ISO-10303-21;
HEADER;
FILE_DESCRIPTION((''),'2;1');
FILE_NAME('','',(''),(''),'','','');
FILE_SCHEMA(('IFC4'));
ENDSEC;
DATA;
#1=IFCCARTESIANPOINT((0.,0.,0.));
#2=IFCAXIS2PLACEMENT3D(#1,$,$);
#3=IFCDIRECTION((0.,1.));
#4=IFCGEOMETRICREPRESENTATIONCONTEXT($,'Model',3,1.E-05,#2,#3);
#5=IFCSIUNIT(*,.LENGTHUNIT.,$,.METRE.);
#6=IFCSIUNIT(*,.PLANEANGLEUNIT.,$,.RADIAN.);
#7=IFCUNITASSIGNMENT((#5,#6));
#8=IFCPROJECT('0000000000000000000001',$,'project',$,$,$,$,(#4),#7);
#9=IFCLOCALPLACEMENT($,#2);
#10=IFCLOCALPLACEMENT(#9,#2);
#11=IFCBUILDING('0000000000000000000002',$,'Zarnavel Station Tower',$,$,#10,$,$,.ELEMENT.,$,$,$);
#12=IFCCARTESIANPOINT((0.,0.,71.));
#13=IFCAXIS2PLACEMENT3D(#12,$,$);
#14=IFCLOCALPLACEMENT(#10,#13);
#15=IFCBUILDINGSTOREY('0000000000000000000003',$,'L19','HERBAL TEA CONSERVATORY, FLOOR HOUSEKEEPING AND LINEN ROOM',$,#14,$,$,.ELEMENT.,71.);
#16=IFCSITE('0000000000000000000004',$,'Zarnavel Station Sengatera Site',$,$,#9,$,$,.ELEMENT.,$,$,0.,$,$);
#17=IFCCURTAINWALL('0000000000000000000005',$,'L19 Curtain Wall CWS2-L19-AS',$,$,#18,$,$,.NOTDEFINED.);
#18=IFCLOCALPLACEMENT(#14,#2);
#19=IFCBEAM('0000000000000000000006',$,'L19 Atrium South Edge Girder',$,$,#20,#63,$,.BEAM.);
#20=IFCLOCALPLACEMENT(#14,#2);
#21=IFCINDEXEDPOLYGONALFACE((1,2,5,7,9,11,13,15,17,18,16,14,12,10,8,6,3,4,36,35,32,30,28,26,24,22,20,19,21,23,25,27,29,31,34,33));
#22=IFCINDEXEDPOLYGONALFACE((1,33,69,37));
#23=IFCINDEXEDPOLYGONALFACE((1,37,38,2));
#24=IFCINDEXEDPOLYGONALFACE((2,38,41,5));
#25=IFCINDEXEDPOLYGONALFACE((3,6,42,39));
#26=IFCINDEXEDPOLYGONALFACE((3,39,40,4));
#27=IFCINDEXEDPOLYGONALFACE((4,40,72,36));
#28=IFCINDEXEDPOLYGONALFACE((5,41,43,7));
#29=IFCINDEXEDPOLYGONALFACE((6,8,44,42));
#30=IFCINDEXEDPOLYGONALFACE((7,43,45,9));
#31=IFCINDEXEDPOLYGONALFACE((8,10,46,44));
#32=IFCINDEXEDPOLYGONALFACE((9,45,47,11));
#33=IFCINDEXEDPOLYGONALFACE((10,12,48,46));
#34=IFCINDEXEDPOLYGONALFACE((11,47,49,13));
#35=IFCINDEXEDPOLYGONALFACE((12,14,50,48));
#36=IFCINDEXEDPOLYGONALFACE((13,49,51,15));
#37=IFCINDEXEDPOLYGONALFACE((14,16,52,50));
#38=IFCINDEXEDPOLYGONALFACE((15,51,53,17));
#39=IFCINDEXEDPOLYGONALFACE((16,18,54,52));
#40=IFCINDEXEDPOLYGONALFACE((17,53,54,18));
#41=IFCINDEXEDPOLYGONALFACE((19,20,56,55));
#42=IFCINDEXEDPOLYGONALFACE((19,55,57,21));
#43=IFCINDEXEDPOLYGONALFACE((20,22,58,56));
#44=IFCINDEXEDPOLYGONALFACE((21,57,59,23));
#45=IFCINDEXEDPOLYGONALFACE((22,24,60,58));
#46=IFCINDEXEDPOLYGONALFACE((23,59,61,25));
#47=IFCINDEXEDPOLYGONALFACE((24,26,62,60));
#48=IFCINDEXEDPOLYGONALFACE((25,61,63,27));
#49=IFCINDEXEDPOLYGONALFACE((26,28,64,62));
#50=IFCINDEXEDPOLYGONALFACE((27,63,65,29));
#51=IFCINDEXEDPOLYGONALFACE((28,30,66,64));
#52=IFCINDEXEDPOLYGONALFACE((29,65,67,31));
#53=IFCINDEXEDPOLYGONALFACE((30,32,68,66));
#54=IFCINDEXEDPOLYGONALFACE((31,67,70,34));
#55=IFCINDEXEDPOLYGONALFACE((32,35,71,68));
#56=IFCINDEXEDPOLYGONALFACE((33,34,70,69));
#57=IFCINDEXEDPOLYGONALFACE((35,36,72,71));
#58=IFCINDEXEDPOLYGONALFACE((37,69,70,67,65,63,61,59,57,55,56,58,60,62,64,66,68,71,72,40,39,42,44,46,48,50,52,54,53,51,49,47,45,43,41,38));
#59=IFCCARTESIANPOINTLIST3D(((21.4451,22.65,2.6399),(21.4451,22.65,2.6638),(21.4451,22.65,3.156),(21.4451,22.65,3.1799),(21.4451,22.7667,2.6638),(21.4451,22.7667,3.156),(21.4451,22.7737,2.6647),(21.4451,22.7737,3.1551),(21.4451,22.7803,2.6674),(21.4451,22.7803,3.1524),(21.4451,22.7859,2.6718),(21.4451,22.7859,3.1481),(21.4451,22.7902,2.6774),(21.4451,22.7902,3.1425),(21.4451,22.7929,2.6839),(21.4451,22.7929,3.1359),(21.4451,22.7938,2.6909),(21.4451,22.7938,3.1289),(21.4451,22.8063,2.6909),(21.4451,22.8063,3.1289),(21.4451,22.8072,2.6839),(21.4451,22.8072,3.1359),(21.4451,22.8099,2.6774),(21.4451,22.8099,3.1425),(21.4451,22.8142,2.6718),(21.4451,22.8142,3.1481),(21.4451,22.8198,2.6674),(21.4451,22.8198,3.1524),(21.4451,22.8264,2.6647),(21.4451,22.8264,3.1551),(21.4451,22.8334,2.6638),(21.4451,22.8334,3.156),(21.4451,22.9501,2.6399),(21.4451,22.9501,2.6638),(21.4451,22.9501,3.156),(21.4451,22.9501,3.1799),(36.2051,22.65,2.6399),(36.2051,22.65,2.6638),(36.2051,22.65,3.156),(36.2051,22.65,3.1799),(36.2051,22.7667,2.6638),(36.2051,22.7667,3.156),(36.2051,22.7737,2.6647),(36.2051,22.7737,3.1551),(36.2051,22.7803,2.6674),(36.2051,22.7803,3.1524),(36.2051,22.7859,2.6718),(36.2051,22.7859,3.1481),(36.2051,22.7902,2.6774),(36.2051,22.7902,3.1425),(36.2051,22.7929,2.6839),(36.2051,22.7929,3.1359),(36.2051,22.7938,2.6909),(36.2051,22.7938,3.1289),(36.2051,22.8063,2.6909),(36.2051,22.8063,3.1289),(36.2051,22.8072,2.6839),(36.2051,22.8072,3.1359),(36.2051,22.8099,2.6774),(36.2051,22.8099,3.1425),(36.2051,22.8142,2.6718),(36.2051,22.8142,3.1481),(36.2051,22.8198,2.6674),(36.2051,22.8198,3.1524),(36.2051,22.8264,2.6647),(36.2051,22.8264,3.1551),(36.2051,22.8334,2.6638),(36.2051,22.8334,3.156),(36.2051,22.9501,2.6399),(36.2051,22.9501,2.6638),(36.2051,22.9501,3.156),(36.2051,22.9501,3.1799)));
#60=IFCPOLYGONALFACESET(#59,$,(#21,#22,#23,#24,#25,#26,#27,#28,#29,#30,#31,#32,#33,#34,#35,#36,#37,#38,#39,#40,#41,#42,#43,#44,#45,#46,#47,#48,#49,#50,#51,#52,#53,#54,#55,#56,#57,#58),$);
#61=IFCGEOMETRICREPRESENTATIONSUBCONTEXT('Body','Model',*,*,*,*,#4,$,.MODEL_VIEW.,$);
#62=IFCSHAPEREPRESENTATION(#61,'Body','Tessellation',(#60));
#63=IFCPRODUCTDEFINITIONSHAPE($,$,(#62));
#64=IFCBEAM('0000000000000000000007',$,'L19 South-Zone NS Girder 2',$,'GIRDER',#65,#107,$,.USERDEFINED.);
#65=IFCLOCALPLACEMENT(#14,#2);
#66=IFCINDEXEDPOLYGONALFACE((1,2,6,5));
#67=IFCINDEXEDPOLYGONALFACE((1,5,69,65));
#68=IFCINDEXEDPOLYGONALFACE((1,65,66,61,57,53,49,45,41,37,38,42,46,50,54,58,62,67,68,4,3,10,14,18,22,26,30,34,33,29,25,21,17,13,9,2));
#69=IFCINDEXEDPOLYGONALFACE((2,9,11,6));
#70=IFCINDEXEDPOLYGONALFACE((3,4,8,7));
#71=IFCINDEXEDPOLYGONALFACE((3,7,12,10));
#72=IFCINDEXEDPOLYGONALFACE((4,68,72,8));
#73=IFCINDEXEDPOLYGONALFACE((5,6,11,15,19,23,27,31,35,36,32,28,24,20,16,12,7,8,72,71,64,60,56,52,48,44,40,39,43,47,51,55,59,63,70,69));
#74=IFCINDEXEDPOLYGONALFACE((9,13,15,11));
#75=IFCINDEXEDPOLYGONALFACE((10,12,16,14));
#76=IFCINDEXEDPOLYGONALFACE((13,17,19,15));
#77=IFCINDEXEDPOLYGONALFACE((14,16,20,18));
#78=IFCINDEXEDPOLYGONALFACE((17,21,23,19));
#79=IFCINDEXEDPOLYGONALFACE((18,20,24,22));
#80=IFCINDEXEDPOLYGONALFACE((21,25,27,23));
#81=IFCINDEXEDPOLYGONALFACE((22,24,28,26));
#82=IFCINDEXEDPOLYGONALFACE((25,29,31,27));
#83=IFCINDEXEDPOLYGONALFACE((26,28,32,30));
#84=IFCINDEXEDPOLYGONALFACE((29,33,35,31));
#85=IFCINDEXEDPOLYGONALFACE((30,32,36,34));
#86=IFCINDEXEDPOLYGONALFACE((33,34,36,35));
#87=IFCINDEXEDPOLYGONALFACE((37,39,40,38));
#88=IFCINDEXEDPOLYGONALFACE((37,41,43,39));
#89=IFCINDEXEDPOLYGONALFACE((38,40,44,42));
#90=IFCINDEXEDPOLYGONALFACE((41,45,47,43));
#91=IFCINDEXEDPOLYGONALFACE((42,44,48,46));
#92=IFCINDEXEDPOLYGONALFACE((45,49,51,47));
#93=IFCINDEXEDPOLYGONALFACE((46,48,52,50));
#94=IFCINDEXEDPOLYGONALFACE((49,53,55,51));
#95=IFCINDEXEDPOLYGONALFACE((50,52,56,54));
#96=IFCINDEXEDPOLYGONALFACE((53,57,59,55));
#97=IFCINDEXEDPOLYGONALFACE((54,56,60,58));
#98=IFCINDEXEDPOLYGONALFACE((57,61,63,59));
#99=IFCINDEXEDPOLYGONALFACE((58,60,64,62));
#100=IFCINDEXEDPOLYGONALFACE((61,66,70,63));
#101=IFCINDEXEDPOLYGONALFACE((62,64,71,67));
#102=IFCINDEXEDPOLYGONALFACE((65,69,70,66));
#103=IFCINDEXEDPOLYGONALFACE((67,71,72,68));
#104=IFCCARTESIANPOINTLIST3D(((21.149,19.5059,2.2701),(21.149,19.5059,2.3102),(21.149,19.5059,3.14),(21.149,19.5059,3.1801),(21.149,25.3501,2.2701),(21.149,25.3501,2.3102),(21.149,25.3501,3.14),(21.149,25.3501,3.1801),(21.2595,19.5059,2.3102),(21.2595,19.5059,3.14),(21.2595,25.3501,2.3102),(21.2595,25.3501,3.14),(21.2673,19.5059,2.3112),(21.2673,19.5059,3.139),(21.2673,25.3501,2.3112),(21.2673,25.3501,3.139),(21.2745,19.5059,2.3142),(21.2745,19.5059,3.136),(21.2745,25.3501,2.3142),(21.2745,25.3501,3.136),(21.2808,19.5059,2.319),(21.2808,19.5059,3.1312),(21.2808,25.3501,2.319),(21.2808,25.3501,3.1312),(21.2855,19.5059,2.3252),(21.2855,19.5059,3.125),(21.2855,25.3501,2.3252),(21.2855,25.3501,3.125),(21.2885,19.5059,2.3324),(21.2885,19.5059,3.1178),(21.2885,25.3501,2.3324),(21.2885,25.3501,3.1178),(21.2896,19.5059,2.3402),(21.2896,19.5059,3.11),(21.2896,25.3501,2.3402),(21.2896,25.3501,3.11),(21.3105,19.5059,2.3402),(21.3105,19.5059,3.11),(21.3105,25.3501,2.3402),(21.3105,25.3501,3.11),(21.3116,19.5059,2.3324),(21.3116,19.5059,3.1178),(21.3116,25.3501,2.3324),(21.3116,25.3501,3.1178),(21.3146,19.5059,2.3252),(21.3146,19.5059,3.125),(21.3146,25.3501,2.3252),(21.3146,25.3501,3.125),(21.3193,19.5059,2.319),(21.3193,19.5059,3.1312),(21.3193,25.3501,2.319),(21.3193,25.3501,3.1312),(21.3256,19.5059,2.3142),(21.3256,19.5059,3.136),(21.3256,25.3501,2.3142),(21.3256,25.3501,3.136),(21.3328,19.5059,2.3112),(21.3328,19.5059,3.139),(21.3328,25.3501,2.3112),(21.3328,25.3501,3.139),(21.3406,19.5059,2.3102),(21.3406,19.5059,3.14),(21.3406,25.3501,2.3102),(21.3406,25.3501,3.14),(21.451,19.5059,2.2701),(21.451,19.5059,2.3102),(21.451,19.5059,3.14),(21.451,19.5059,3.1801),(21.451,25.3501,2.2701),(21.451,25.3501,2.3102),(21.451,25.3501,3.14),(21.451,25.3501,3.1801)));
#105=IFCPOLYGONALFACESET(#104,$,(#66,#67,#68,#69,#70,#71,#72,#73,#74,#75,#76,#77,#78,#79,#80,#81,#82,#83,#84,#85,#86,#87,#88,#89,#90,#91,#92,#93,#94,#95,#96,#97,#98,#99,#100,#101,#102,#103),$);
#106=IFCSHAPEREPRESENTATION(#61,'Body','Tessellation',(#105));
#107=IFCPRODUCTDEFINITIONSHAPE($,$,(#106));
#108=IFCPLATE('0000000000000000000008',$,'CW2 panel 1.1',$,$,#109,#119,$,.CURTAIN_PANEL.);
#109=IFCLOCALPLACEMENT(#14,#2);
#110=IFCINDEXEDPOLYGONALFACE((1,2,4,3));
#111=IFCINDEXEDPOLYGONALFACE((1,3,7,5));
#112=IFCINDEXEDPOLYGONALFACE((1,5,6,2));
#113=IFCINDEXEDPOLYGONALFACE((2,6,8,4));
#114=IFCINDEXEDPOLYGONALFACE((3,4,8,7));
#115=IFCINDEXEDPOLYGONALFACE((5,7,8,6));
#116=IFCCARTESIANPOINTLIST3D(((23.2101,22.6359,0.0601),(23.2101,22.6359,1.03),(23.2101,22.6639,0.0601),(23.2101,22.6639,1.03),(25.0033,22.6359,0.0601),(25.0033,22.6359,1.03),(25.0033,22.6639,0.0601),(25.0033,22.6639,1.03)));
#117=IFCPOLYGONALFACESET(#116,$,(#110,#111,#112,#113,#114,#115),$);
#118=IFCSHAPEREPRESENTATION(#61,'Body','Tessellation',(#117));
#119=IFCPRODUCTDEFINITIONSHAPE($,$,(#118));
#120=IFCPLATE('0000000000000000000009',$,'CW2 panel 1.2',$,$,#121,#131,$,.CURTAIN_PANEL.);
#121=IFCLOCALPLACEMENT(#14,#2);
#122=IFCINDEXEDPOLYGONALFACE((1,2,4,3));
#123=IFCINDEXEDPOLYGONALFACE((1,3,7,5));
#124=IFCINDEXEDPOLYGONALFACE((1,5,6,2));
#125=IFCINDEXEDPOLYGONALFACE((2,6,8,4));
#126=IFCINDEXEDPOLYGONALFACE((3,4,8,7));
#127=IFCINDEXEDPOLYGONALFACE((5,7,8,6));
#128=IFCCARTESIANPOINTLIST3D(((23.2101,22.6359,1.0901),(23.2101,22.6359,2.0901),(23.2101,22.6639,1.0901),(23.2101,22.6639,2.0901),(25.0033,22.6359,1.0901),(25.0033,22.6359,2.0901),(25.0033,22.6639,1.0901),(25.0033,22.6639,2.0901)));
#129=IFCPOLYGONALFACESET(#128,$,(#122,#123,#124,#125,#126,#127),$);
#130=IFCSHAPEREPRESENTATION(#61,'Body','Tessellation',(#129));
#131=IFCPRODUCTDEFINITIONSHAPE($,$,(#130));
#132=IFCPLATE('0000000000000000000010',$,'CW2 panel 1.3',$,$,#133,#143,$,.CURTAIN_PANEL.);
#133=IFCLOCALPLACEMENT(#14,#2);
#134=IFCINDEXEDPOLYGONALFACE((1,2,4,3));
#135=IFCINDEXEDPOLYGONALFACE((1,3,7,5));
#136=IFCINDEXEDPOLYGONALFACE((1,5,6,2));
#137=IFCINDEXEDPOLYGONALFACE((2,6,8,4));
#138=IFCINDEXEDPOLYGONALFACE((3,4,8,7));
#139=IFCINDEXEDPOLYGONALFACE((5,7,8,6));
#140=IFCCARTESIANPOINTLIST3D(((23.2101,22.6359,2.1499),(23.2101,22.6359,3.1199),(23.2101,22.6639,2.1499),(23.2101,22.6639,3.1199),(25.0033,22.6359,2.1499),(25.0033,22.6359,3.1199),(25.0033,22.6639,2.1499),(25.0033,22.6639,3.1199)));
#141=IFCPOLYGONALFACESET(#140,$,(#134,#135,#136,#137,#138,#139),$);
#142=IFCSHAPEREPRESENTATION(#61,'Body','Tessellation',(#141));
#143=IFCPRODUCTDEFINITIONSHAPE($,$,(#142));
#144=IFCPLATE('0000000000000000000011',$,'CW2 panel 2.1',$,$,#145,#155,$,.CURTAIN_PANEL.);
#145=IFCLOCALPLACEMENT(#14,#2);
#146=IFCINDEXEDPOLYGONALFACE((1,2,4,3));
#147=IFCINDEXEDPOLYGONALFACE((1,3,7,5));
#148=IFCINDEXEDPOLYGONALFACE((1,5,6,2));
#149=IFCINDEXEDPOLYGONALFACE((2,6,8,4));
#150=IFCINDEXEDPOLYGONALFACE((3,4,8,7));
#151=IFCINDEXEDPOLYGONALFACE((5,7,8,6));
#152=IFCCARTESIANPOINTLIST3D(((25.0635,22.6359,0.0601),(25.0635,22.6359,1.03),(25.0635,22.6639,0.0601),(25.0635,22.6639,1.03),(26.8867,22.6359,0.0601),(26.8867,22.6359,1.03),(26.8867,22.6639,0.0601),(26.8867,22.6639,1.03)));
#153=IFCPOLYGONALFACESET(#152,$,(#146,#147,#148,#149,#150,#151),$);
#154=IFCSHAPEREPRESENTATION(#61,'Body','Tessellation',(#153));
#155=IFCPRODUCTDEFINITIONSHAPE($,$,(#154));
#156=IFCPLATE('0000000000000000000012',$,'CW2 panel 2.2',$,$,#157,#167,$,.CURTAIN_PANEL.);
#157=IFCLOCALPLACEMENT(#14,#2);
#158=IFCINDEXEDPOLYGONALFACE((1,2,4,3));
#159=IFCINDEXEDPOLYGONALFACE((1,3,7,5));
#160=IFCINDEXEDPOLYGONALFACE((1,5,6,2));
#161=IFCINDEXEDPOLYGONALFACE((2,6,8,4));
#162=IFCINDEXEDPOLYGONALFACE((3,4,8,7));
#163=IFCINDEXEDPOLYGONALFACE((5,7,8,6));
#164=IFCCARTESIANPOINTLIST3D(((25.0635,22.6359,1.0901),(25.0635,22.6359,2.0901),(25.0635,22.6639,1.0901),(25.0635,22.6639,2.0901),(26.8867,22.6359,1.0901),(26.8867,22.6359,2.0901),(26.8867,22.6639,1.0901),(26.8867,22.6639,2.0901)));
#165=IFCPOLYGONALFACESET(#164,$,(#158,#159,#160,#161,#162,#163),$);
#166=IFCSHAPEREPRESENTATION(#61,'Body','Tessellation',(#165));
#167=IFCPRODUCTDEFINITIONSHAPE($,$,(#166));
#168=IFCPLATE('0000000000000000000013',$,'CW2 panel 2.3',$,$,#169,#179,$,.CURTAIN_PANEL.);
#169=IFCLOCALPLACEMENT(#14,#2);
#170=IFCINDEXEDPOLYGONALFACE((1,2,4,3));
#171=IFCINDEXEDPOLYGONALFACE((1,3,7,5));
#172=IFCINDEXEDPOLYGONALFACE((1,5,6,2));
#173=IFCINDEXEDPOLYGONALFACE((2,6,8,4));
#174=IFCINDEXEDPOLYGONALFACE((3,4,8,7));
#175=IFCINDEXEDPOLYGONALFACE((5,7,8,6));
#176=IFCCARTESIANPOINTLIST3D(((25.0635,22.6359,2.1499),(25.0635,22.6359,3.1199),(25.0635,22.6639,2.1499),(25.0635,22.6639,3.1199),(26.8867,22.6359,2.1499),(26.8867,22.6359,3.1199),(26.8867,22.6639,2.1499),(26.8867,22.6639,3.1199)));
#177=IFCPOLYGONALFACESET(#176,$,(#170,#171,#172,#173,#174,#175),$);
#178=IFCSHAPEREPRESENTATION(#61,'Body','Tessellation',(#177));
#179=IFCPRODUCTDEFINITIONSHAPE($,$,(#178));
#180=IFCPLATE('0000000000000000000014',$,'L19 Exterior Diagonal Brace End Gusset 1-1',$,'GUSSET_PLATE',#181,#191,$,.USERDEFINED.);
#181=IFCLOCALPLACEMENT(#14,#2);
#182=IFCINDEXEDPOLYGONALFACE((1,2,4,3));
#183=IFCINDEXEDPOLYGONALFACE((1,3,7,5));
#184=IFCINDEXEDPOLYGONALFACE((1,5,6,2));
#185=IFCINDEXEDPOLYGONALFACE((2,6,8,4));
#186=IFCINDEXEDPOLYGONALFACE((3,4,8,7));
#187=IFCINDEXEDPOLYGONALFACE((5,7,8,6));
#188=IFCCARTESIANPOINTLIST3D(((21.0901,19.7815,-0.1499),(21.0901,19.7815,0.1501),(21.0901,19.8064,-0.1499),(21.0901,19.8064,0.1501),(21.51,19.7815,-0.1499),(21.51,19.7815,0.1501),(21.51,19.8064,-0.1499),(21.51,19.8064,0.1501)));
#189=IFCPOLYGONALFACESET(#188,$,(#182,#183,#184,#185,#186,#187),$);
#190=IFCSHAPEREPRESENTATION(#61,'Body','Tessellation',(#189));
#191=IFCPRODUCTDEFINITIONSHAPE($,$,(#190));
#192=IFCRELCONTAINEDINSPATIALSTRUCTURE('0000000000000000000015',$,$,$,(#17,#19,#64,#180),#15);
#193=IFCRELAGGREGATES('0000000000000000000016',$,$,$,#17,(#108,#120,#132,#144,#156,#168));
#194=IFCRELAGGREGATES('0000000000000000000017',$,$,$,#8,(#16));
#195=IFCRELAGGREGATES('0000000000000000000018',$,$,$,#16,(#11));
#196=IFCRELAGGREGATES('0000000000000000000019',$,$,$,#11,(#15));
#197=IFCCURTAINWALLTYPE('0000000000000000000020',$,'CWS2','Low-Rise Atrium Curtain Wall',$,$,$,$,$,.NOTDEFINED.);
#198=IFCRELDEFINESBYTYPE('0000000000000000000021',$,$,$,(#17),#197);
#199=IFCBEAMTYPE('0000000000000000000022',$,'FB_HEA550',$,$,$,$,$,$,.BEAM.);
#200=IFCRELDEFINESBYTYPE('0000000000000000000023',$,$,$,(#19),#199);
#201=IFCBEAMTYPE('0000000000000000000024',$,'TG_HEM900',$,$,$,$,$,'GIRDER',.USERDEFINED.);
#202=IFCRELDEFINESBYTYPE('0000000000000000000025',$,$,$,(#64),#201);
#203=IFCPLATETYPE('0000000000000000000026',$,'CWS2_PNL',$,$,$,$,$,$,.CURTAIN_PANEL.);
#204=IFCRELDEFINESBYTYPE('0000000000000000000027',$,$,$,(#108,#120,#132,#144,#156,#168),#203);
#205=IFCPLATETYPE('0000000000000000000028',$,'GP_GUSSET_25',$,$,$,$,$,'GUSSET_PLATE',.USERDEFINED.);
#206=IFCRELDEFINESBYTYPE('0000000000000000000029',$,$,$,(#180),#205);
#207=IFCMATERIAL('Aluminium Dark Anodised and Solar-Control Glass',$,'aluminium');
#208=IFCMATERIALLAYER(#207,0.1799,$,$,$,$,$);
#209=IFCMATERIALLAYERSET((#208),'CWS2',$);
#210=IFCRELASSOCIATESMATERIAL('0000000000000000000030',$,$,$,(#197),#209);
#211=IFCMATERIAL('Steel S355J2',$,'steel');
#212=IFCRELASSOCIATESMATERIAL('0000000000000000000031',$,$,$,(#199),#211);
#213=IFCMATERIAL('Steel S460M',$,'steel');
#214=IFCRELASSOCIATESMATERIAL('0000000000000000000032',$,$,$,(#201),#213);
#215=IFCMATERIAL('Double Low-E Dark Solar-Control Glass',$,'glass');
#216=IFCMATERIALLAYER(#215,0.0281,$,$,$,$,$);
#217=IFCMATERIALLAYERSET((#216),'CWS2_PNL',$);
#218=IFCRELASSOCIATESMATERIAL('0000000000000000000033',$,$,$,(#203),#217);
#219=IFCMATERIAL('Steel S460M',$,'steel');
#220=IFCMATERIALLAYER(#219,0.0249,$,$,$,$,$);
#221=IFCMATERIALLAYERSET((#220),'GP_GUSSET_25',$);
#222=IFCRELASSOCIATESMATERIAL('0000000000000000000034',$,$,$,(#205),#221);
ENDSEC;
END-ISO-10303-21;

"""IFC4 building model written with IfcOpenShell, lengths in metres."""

from ifc_helpers import new_model, si_unit, direction, frame, origin, origin_2d, place, context, subcontext, project, spatial, rectangle, i_section, extrude, material, layer, layer_set, material_profile, profile_set, type_object, element, aggregate, save


model = new_model("IFC4")

# Units and contexts
model_context = context("Model", 3, precision=1e-05, world=origin(), true_north=direction((0.0, 1.0)))
body_context = subcontext(model_context, "Body", "Model", "MODEL_VIEW")
ifc_project = project(units=[si_unit("LENGTHUNIT", "METRE"), si_unit("PLANEANGLEUNIT", "RADIAN")], contexts=[model_context])

# Site, building, storey
site_placement = place(None, origin())
site = spatial("IfcSite", under=ifc_project, at=site_placement, Name="Zarnavel Station Sengatera Site", CompositionType="ELEMENT", RefElevation=0.0)
building_placement = place(site_placement, origin())
building = spatial("IfcBuilding", under=site, at=building_placement, Name="Zarnavel Station Tower", CompositionType="ELEMENT")
storey_placement = place(building_placement, frame((0.0, 0.0, 71.0)))
storey = spatial("IfcBuildingStorey", under=building, at=storey_placement, Name="L19", Description="HERBAL TEA CONSERVATORY, FLOOR HOUSEKEEPING AND LINEN ROOM", CompositionType="ELEMENT", Elevation=71.0)

# Curtain wall
ifc_material_1 = material(Name="Aluminium Dark Anodised and Solar-Control Glass", Category="aluminium")
ifc_layer_1 = layer(ifc_material_1, 0.1799)
ifc_layer_set_1 = layer_set([ifc_layer_1], Name="CWS2")
curtain_wall_type = type_object("IfcCurtainWallType", Name="CWS2", Description="Low-Rise Atrium Curtain Wall", PredefinedType="NOTDEFINED", material=ifc_layer_set_1)
curtain_wall_placement = place(storey_placement, origin())
curtain_wall = element("IfcCurtainWall", 1, at=curtain_wall_placement, inside=storey, type_object=curtain_wall_type, Name="L19 Curtain Wall CWS2-L19-AS", PredefinedType="NOTDEFINED")

# Beams
ifc_material_2 = material(Name="Steel S355J2", Category="steel")
ifc_material_profile_1 = material_profile(ifc_material_2, i_section(OverallWidth=0.3, OverallDepth=0.54, WebThickness=0.0125, FlangeThickness=0.0239, FilletRadius=0.0271, at=origin_2d()), Name="HEA550")
ifc_profile_set_1 = profile_set([ifc_material_profile_1], Name="Steel S355J2")
beam_type_1 = type_object("IfcBeamType", Name="FB_HEA550", PredefinedType="BEAM", material=ifc_profile_set_1)
beam_1_placement = place(storey_placement, frame((21.4451, 22.8, 2.9099), z_axis=(1.0, 0.0, 0.0), x_axis=(0.0, 1.0, 0.0)))
element("IfcBeam", 2, at=beam_1_placement, inside=storey, type_object=beam_type_1, Name="L19 Atrium South Edge Girder", PredefinedType="BEAM", context=body_context, shape_type="SweptSolid", body=[
    extrude(i_section(OverallWidth=0.3, OverallDepth=0.54, WebThickness=0.0125, FlangeThickness=0.0239, FilletRadius=0.0271, at=origin_2d()), origin(), (0.0, 0.0, 1.0), 14.76),
])
ifc_material_3 = material(Name="Steel S460M", Category="steel")
ifc_material_profile_2 = material_profile(ifc_material_3, i_section(OverallWidth=0.302, OverallDepth=0.9099, WebThickness=0.021, FlangeThickness=0.04, FilletRadius=0.03, at=origin_2d()), Name="HEM900")
ifc_profile_set_2 = profile_set([ifc_material_profile_2], Name="Steel S460M")
beam_type_2 = type_object("IfcBeamType", Name="TG_HEM900", ElementType="GIRDER", PredefinedType="USERDEFINED", material=ifc_profile_set_2)
beam_2_placement = place(storey_placement, frame((21.3, 19.5059, 2.7251), z_axis=(0.0, 1.0, 0.0), x_axis=(-1.0, 0.0, 0.0)))
element("IfcBeam", 3, at=beam_2_placement, inside=storey, type_object=beam_type_2, Name="L19 South-Zone NS Girder 2", ObjectType="GIRDER", PredefinedType="USERDEFINED", context=body_context, shape_type="SweptSolid", body=[
    extrude(i_section(OverallWidth=0.302, OverallDepth=0.9099, WebThickness=0.021, FlangeThickness=0.04, FilletRadius=0.03, at=origin_2d()), origin(), (0.0, 0.0, 1.0), 5.8442),
])

# Plates
ifc_material_4 = material(Name="Double Low-E Dark Solar-Control Glass", Category="glass")
ifc_layer_2 = layer(ifc_material_4, 0.0281)
ifc_layer_set_2 = layer_set([ifc_layer_2], Name="CWS2_PNL")
plate_type_1 = type_object("IfcPlateType", Name="CWS2_PNL", PredefinedType="CURTAIN_PANEL", material=ifc_layer_set_2)
plate_1_placement = place(storey_placement, frame((24.1067, 22.6499, 0.0601), z_axis=(0.0, 0.0, 1.0), x_axis=(1.0, 0.0, 0.0)))
plate_1 = element("IfcPlate", 4, at=plate_1_placement, type_object=plate_type_1, Name="CW2 panel 1.1", PredefinedType="CURTAIN_PANEL", context=body_context, shape_type="SweptSolid", body=[
    extrude(rectangle(XDim=1.7932, YDim=0.0281, at=origin_2d()), origin(), (0.0, 0.0, 1.0), 0.97),
])
plate_2_placement = place(storey_placement, frame((24.1067, 22.6499, 1.0901), z_axis=(0.0, 0.0, 1.0), x_axis=(1.0, 0.0, 0.0)))
plate_2 = element("IfcPlate", 5, at=plate_2_placement, type_object=plate_type_1, Name="CW2 panel 1.2", PredefinedType="CURTAIN_PANEL", context=body_context, shape_type="SweptSolid", body=[
    extrude(rectangle(XDim=1.7932, YDim=0.0281, at=origin_2d()), origin(), (0.0, 0.0, 1.0), 1.0),
])
plate_3_placement = place(storey_placement, frame((24.1067, 22.6499, 2.1499), z_axis=(0.0, 0.0, 1.0), x_axis=(1.0, 0.0, 0.0)))
plate_3 = element("IfcPlate", 6, at=plate_3_placement, type_object=plate_type_1, Name="CW2 panel 1.3", PredefinedType="CURTAIN_PANEL", context=body_context, shape_type="SweptSolid", body=[
    extrude(rectangle(XDim=1.7932, YDim=0.0281, at=origin_2d()), origin(), (0.0, 0.0, 1.0), 0.97),
])
plate_4_placement = place(storey_placement, frame((25.9751, 22.6499, 0.0601), z_axis=(0.0, 0.0, 1.0), x_axis=(1.0, 0.0, 0.0)))
plate_4 = element("IfcPlate", 7, at=plate_4_placement, type_object=plate_type_1, Name="CW2 panel 2.1", PredefinedType="CURTAIN_PANEL", context=body_context, shape_type="SweptSolid", body=[
    extrude(rectangle(XDim=1.8232, YDim=0.0281, at=origin_2d()), origin(), (0.0, 0.0, 1.0), 0.97),
])
plate_5_placement = place(storey_placement, frame((25.9751, 22.6499, 1.0901), z_axis=(0.0, 0.0, 1.0), x_axis=(1.0, 0.0, 0.0)))
plate_5 = element("IfcPlate", 8, at=plate_5_placement, type_object=plate_type_1, Name="CW2 panel 2.2", PredefinedType="CURTAIN_PANEL", context=body_context, shape_type="SweptSolid", body=[
    extrude(rectangle(XDim=1.8232, YDim=0.0281, at=origin_2d()), origin(), (0.0, 0.0, 1.0), 1.0),
])
plate_6_placement = place(storey_placement, frame((25.9751, 22.6499, 2.1499), z_axis=(0.0, 0.0, 1.0), x_axis=(1.0, 0.0, 0.0)))
plate_6 = element("IfcPlate", 9, at=plate_6_placement, type_object=plate_type_1, Name="CW2 panel 2.3", PredefinedType="CURTAIN_PANEL", context=body_context, shape_type="SweptSolid", body=[
    extrude(rectangle(XDim=1.8232, YDim=0.0281, at=origin_2d()), origin(), (0.0, 0.0, 1.0), 0.97),
])
aggregate(curtain_wall, [plate_1, plate_2, plate_3, plate_4, plate_5, plate_6])
ifc_material_5 = material(Name="Steel S460M", Category="steel")
ifc_layer_3 = layer(ifc_material_5, 0.0249)
ifc_layer_set_3 = layer_set([ifc_layer_3], Name="GP_GUSSET_25")
plate_type_2 = type_object("IfcPlateType", Name="GP_GUSSET_25", ElementType="GUSSET_PLATE", PredefinedType="USERDEFINED", material=ifc_layer_set_3)
plate_7_placement = place(storey_placement, frame((21.3, 19.7939, -0.1499), z_axis=(0.0, 0.0, 1.0), x_axis=(1.0, 0.0, 0.0)))
element("IfcPlate", 10, at=plate_7_placement, inside=storey, type_object=plate_type_2, Name="L19 Exterior Diagonal Brace End Gusset 1-1", ObjectType="GUSSET_PLATE", PredefinedType="USERDEFINED", context=body_context, shape_type="SweptSolid", body=[
    extrude(rectangle(XDim=0.4199, YDim=0.0249, at=origin_2d()), origin(), (0.0, 0.0, 1.0), 0.3),
])

save(model, "model.ifc")
